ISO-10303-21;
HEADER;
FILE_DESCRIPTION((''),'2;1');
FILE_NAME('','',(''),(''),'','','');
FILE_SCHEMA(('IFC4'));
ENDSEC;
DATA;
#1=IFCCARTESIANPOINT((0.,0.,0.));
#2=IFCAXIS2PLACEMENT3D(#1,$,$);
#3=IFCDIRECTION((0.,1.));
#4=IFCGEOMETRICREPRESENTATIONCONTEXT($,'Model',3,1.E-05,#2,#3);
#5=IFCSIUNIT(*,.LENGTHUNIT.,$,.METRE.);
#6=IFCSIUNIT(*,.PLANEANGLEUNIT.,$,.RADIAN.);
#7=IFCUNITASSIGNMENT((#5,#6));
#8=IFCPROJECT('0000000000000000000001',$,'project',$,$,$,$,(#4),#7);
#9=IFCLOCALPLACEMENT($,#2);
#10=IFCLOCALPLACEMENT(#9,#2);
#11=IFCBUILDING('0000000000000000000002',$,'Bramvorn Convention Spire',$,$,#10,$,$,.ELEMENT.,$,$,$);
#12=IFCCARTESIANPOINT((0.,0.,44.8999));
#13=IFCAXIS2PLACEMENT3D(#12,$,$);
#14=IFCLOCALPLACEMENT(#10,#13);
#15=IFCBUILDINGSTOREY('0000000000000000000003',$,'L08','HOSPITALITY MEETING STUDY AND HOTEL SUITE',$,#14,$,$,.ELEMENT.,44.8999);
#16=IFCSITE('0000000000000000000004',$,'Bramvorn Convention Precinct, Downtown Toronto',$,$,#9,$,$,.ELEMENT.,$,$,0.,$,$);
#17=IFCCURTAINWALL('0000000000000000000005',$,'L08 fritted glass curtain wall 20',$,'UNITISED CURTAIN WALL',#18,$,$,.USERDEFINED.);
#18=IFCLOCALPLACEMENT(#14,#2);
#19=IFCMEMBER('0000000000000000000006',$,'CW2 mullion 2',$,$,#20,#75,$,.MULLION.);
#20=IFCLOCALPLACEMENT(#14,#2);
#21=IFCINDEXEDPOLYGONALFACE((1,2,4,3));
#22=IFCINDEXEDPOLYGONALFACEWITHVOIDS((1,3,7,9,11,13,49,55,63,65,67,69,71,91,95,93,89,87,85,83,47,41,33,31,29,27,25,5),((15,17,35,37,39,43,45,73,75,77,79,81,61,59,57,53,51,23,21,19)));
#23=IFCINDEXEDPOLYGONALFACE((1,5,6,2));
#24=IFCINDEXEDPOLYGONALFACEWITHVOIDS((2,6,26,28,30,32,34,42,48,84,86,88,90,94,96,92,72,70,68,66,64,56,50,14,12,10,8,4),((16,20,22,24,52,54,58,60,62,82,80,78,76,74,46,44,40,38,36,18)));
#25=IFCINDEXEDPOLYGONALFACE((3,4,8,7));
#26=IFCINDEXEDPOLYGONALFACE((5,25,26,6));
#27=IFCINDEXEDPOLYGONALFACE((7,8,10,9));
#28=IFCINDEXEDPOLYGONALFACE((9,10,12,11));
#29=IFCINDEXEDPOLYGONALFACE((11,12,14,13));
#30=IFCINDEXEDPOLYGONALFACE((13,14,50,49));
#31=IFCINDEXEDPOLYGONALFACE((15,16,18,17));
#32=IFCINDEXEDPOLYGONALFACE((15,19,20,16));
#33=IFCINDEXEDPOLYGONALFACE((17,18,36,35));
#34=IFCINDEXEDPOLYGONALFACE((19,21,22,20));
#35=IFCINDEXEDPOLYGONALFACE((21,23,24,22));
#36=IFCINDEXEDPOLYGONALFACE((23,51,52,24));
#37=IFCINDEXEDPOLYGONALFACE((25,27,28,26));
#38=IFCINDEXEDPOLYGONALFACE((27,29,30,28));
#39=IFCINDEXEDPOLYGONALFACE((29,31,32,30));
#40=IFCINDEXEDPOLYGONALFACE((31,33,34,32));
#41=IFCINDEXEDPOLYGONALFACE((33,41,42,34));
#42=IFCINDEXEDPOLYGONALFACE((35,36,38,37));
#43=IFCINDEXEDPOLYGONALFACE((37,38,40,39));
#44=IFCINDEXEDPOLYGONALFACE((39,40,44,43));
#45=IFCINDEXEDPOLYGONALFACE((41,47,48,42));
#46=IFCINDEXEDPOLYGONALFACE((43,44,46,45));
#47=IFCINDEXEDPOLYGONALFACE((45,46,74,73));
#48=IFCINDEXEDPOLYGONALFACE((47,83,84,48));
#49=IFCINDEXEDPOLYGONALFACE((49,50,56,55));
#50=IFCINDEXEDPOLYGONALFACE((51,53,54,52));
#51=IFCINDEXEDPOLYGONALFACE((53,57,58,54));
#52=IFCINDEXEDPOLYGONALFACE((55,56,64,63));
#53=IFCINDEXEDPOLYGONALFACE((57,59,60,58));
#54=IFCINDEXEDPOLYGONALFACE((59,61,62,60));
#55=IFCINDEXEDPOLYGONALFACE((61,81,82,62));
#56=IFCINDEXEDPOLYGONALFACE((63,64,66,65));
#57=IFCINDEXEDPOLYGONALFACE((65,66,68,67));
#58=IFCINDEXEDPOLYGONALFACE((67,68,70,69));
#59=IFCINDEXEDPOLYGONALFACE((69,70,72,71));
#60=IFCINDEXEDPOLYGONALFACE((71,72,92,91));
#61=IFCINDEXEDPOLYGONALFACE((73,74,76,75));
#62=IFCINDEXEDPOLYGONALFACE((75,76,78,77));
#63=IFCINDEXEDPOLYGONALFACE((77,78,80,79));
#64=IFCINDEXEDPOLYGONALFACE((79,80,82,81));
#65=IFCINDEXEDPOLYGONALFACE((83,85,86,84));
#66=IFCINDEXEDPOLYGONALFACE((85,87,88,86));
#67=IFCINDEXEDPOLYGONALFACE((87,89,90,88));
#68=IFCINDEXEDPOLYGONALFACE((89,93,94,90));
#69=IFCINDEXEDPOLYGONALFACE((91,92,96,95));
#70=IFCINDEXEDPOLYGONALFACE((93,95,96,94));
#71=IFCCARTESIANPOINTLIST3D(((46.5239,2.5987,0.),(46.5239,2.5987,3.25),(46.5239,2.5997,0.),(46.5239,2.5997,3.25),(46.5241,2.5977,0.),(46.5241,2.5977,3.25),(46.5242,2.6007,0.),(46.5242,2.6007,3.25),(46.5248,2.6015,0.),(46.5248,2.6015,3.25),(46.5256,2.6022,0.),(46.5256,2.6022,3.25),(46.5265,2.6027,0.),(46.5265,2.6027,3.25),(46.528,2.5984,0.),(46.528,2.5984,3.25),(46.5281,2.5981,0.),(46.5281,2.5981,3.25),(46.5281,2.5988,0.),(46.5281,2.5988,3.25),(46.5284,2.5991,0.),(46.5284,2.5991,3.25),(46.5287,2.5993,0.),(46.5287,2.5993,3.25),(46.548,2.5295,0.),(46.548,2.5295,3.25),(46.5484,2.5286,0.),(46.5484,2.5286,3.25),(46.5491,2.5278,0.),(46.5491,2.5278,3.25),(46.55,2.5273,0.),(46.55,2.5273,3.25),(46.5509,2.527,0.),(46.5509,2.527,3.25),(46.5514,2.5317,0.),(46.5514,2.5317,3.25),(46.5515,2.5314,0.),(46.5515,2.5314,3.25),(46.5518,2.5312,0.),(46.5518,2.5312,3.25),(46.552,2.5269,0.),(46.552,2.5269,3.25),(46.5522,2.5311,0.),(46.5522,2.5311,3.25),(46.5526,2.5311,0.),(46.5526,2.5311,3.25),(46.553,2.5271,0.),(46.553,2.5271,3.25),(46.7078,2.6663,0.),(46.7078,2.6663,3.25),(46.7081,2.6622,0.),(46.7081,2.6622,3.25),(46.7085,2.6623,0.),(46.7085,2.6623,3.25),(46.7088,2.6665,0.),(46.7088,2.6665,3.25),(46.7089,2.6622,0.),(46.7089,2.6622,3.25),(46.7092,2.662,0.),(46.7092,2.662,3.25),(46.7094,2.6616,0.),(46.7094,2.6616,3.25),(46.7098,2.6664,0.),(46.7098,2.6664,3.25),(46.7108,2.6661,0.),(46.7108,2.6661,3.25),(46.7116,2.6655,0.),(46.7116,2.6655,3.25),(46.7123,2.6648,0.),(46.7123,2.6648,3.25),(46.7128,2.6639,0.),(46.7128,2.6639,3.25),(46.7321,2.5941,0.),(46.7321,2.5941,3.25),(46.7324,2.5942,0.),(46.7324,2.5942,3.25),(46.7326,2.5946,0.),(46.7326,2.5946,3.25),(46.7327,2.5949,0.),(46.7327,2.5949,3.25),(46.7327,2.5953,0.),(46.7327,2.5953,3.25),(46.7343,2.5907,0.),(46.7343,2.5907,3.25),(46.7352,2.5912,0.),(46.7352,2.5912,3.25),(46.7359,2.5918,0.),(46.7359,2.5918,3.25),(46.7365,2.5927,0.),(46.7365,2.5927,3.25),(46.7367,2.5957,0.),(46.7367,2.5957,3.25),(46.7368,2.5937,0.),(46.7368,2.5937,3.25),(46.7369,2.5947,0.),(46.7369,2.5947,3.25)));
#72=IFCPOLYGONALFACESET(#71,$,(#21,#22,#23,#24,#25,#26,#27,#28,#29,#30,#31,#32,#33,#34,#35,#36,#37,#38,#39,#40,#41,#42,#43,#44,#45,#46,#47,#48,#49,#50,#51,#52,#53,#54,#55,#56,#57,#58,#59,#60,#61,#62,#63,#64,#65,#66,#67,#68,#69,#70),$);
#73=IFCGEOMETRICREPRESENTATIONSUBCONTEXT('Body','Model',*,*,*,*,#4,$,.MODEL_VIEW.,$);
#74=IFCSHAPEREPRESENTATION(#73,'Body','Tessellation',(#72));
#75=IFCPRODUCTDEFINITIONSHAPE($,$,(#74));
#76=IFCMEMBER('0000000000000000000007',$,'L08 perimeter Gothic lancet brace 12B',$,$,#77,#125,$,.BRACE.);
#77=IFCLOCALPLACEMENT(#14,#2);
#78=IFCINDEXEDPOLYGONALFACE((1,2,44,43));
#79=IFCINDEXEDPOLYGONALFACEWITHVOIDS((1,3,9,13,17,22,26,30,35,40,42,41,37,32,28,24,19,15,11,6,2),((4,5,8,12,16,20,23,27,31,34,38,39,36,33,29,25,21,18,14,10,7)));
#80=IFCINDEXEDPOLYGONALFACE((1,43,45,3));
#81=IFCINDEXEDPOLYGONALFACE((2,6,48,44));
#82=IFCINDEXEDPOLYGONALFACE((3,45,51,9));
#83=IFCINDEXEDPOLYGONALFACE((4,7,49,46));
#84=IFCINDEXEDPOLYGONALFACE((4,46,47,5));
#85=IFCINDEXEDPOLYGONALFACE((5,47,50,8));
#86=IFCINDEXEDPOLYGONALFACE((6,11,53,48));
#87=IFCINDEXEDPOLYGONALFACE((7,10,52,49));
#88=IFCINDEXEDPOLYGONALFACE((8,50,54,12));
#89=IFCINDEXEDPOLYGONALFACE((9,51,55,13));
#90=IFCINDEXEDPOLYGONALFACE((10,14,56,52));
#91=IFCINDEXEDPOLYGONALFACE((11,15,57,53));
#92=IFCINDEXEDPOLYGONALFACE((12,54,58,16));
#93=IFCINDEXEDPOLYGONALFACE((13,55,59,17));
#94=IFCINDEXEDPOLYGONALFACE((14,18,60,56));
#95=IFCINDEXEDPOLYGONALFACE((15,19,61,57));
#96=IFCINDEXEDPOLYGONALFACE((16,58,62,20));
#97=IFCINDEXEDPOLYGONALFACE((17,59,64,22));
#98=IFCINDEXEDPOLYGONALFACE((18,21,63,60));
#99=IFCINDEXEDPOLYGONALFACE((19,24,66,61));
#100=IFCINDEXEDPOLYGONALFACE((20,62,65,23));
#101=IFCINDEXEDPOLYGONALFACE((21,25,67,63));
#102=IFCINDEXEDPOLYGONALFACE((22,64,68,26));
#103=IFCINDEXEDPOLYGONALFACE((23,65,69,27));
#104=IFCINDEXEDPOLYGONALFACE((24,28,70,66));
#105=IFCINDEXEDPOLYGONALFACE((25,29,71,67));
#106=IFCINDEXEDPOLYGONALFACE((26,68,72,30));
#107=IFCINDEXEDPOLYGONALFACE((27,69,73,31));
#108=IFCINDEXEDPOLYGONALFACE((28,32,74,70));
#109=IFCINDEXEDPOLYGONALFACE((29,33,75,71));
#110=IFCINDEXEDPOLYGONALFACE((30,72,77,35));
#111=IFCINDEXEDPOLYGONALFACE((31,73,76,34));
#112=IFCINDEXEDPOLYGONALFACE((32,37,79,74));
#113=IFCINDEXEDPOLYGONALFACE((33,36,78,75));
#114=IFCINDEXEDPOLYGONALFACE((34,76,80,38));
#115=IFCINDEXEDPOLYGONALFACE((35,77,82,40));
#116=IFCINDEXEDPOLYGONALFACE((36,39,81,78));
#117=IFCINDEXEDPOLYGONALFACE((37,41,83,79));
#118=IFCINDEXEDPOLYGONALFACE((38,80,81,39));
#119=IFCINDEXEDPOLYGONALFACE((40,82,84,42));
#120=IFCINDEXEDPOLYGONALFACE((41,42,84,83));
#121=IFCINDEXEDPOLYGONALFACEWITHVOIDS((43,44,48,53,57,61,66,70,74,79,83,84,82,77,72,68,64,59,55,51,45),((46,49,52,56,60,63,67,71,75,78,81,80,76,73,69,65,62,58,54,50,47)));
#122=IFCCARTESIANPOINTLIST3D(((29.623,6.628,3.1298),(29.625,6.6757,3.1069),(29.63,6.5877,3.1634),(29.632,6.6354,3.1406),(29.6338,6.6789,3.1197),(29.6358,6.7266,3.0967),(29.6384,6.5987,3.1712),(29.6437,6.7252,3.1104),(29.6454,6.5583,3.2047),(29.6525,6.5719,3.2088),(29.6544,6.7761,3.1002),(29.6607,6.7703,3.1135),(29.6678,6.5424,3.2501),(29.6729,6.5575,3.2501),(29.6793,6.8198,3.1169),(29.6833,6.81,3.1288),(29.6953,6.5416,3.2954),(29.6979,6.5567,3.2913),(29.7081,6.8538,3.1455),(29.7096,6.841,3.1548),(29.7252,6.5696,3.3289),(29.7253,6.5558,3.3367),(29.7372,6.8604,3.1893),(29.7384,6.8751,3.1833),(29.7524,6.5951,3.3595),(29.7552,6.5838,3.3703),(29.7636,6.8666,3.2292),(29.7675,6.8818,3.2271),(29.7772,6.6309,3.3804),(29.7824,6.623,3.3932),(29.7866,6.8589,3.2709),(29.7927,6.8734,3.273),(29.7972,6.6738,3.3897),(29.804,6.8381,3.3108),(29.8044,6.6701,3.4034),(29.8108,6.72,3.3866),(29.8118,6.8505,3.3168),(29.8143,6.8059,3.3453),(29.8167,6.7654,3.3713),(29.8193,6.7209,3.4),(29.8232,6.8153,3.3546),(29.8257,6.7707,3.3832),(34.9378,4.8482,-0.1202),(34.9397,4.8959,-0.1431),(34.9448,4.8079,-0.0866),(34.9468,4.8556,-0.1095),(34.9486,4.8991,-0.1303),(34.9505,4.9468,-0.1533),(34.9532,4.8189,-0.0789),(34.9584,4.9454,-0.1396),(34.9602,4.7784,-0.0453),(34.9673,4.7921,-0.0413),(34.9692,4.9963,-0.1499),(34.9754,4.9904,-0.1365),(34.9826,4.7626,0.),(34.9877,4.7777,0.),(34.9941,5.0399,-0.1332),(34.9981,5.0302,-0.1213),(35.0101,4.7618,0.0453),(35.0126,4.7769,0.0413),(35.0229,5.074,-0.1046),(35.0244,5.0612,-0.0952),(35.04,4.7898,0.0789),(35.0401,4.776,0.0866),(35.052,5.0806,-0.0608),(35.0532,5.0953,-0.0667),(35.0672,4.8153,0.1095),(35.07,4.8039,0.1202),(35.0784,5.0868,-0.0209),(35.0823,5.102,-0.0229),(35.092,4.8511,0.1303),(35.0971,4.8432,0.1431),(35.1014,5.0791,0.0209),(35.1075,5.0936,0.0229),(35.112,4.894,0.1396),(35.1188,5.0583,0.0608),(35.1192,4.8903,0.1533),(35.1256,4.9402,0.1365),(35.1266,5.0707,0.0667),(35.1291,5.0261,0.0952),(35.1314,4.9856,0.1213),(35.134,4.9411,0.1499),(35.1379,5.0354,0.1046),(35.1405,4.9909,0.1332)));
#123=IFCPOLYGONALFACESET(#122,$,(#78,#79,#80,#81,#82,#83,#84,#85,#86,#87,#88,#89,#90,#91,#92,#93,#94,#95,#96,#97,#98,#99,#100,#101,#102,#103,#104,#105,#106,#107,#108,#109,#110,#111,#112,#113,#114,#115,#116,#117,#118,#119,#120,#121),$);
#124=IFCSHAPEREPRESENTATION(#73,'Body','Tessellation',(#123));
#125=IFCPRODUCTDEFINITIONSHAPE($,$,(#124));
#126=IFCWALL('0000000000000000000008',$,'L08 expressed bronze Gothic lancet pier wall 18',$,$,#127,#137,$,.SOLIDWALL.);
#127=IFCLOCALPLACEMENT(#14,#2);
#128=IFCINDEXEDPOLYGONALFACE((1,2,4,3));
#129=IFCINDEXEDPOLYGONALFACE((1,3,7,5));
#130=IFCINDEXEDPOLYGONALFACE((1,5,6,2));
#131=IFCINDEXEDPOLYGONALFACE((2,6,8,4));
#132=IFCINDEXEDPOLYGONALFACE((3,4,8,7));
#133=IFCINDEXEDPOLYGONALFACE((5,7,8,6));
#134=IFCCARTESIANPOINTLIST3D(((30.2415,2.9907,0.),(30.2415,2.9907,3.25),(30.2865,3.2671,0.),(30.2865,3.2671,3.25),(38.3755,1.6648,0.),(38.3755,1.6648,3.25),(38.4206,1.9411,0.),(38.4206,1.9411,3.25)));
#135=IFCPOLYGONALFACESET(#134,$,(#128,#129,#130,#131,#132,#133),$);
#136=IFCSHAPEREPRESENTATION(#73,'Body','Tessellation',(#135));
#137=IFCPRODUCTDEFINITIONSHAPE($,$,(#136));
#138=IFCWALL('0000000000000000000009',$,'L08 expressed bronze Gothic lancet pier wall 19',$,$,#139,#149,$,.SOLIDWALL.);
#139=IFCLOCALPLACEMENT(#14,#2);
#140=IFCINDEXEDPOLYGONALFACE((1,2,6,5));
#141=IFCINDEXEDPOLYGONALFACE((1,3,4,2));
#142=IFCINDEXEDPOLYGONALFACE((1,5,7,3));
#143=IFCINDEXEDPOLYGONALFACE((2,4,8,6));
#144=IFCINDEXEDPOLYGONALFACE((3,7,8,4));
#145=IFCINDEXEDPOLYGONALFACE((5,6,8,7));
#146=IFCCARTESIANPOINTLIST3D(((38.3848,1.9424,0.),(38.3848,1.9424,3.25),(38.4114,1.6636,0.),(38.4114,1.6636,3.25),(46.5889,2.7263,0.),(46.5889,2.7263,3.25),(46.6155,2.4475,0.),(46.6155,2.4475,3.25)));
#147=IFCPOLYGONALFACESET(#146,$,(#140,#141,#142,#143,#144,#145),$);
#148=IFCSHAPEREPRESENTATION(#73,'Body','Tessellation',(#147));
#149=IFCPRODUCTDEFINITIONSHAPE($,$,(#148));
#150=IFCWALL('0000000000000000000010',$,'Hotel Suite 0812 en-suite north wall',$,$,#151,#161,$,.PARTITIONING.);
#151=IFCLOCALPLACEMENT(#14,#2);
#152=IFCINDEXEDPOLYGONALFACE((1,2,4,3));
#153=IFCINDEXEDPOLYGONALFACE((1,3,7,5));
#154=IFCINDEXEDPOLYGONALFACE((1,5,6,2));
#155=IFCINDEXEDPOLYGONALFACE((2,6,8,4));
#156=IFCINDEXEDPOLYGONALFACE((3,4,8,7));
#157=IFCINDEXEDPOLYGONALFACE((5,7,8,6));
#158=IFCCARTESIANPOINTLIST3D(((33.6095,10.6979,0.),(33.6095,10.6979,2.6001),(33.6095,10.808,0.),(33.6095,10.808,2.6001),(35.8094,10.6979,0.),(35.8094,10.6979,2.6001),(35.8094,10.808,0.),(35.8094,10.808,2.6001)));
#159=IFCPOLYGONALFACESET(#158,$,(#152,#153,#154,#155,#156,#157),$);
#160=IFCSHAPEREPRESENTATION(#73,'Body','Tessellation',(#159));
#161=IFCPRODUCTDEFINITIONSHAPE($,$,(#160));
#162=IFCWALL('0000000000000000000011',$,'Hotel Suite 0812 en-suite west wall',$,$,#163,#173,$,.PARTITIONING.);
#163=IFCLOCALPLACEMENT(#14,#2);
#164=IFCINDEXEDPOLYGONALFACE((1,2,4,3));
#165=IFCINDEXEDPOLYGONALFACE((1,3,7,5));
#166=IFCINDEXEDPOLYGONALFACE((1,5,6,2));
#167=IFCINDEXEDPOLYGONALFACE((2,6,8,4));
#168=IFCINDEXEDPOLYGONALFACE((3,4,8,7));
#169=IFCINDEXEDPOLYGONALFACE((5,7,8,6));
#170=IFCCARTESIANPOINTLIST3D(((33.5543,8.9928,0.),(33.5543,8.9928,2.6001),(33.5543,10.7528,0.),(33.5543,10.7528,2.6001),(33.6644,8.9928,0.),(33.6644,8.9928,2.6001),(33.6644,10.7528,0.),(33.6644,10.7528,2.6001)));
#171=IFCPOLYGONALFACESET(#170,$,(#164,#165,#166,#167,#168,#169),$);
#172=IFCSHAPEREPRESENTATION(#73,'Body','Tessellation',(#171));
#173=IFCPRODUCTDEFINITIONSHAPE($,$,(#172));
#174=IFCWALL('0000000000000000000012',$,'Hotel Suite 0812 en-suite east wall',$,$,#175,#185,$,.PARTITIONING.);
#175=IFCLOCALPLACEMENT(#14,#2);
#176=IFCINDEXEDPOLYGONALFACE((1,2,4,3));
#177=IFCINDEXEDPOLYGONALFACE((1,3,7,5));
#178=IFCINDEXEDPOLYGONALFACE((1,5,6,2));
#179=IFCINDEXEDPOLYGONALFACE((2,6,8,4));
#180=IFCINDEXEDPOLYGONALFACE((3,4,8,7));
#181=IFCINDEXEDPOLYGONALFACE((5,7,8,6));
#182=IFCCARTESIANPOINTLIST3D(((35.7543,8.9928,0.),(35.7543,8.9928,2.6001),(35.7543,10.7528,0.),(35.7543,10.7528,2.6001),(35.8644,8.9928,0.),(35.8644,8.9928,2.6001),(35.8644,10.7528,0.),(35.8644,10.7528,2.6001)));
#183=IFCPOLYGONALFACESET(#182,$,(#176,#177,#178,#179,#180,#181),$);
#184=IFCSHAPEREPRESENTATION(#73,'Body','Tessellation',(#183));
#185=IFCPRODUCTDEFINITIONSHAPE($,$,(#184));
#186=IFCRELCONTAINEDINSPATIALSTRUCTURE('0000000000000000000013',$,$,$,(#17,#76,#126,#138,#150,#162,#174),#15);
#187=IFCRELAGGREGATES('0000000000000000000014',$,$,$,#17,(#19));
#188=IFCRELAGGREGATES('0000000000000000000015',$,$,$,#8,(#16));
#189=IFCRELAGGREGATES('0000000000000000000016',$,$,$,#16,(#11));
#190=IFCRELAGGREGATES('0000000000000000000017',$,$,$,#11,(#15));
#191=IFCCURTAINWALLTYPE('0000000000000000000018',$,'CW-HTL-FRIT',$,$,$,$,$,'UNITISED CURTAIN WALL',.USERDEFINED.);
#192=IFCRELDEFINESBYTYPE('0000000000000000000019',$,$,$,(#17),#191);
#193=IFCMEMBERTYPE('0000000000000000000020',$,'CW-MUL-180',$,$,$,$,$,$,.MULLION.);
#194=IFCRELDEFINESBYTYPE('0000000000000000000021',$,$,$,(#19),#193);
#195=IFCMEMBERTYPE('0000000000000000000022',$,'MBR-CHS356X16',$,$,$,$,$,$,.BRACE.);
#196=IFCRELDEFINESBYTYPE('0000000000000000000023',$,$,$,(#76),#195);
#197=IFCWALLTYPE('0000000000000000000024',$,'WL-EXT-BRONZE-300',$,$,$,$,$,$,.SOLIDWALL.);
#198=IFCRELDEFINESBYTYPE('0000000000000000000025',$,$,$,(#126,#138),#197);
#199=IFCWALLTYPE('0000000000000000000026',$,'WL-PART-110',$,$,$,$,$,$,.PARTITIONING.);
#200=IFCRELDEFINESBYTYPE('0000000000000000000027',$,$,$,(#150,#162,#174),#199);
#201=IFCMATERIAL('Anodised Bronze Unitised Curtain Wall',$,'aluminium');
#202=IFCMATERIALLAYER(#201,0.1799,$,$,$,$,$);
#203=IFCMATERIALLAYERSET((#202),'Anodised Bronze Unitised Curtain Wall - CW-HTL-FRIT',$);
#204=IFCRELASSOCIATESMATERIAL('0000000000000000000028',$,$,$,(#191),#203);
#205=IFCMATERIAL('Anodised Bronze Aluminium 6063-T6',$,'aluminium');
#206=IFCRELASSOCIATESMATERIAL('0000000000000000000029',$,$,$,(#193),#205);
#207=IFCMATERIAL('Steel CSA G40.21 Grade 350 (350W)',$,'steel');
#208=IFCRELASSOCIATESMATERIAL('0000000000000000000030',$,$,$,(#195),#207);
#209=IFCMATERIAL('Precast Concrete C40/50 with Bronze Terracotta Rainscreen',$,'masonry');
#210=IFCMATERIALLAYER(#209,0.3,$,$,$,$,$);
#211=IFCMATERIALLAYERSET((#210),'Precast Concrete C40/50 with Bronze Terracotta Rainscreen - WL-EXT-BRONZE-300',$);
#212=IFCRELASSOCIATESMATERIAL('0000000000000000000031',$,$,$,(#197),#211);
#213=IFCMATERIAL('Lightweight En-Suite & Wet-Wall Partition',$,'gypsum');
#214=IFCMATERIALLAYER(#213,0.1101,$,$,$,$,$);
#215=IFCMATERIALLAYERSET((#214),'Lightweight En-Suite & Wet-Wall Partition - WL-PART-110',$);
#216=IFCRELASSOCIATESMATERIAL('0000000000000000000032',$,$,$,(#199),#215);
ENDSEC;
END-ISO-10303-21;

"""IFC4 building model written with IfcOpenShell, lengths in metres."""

from ifc_helpers import new_model, si_unit, direction, frame, frame_2d, origin, origin_2d, place, context, subcontext, project, spatial, rectangle, hollow_rectangle, hollow_circle, extrude, material, layer, layer_set, material_profile, profile_set, type_object, element, aggregate, save


model = new_model("IFC4")

# Units and contexts
model_context = context("Model", 3, precision=1e-05, world=origin(), true_north=direction((0.0, 1.0)))
body_context = subcontext(model_context, "Body", "Model", "MODEL_VIEW")
ifc_project = project(units=[si_unit("LENGTHUNIT", "METRE"), si_unit("PLANEANGLEUNIT", "RADIAN")], contexts=[model_context])

# Site, building, storey
site_placement = place(None, origin())
site = spatial("IfcSite", under=ifc_project, at=site_placement, Name="Bramvorn Convention Precinct, Downtown Toronto", CompositionType="ELEMENT", RefElevation=0.0)
building_placement = place(site_placement, origin())
building = spatial("IfcBuilding", under=site, at=building_placement, Name="Bramvorn Convention Spire", CompositionType="ELEMENT")
storey_placement = place(building_placement, frame((0.0, 0.0, 44.8999)))
storey = spatial("IfcBuildingStorey", under=building, at=storey_placement, Name="L08", Description="HOSPITALITY MEETING STUDY AND HOTEL SUITE", CompositionType="ELEMENT", Elevation=44.8999)

# Shared definitions
ifc_material_1 = material(Name="Steel CSA G40.21 Grade 350 (350W)", Category="steel")

# Curtain wall, member
ifc_material_2 = material(Name="Anodised Bronze Unitised Curtain Wall", Category="aluminium")
ifc_layer_1 = layer(ifc_material_2, 0.1799)
ifc_layer_set_1 = layer_set([ifc_layer_1], Name="Anodised Bronze Unitised Curtain Wall - CW-HTL-FRIT")
curtain_wall_type = type_object("IfcCurtainWallType", Name="CW-HTL-FRIT", ElementType="UNITISED CURTAIN WALL", PredefinedType="USERDEFINED", material=ifc_layer_set_1)
curtain_wall_placement = place(storey_placement, origin())
curtain_wall = element("IfcCurtainWall", 1, at=curtain_wall_placement, inside=storey, type_object=curtain_wall_type, Name="L08 fritted glass curtain wall 20", ObjectType="UNITISED CURTAIN WALL", PredefinedType="USERDEFINED")
ifc_material_3 = material(Name="Anodised Bronze Aluminium 6063-T6", Category="aluminium")
ifc_material_profile_1 = material_profile(ifc_material_3, hollow_rectangle(XDim=0.0801, YDim=0.2, WallThickness=0.0039, InnerFilletRadius=0.001, OuterFilletRadius=0.0039, at=origin_2d()))
ifc_profile_set_1 = profile_set([ifc_material_profile_1], Name="Anodised Bronze Aluminium 6063-T6 - CWM80X200")
member_type_1 = type_object("IfcMemberType", Name="CW-MUL-180", PredefinedType="MULLION", material=ifc_profile_set_1)
member_1_placement = place(storey_placement, frame((46.6304, 2.5967, 0.0), z_axis=(0.0, 0.0, 1.0), x_axis=(0.330946, -0.94365, 0.0)))
member_1 = element("IfcMember", 2, at=member_1_placement, type_object=member_type_1, Name="CW2 mullion 2", PredefinedType="MULLION", context=body_context, shape_type="SweptSolid", body=[
    extrude(hollow_rectangle(XDim=0.0801, YDim=0.2, WallThickness=0.0039, InnerFilletRadius=0.001, OuterFilletRadius=0.0039, at=origin_2d()), origin(), (0.0, 0.0, 1.0), 3.25),
])
aggregate(curtain_wall, [member_1])

# Member
ifc_material_profile_2 = material_profile(ifc_material_1, hollow_circle(Radius=0.1777, WallThickness=0.0159, at=origin_2d()))
ifc_profile_set_2 = profile_set([ifc_material_profile_2], Name="Steel CSA G40.21 Grade 350 (350W) - CHS356X16")
member_type_2 = type_object("IfcMemberType", Name="MBR-CHS356X16", PredefinedType="BRACE", material=ifc_profile_set_2)
member_2_placement = place(storey_placement, frame((35.0391, 4.9312, 0.0), z_axis=(-0.820309, 0.274705, 0.501628), x_axis=(-0.317547, -0.948242, 0.0)))
element("IfcMember", 3, at=member_2_placement, inside=storey, type_object=member_type_2, Name="L08 perimeter Gothic lancet brace 12B", PredefinedType="BRACE", context=body_context, shape_type="SweptSolid", body=[
    extrude(hollow_circle(Radius=0.1777, WallThickness=0.0159, at=origin_2d()), origin(), (0.0, 0.0, 1.0), 6.479),
])

# Walls
ifc_material_4 = material(Name="Precast Concrete C40/50 with Bronze Terracotta Rainscreen", Category="masonry")
ifc_layer_2 = layer(ifc_material_4, 0.3)
ifc_layer_set_2 = layer_set([ifc_layer_2], Name="Precast Concrete C40/50 with Bronze Terracotta Rainscreen - WL-EXT-BRONZE-300")
wall_type_1 = type_object("IfcWallType", Name="WL-EXT-BRONZE-300", PredefinedType="SOLIDWALL", material=ifc_layer_set_2)
for number, where, z_axis, x_axis, name in (
    (4, (38.3979, 1.803, 0.0), (0.0, 0.0, 1.0), (-0.986973, 0.160886, 0.0), "L08 expressed bronze Gothic lancet pier wall 18"),
    (5, (46.6021, 2.5869, 0.0), (0.0, 0.0, 1.0), (-0.995466, -0.095121, 0.0), "L08 expressed bronze Gothic lancet pier wall 19"),
):
    element("IfcWall", number, at=place(storey_placement, frame(where, z_axis=z_axis, x_axis=x_axis)), inside=storey, type_object=wall_type_1, Name=name, PredefinedType="SOLIDWALL", context=body_context, shape_type="SweptSolid", body=[
        extrude(rectangle(XDim=8.2415, YDim=0.28, at=frame_2d((4.1206, 0.0))), origin(), (0.0, 0.0, 1.0), 3.25),
    ])
ifc_material_5 = material(Name="Lightweight En-Suite & Wet-Wall Partition", Category="gypsum")
ifc_layer_3 = layer(ifc_material_5, 0.1101)
ifc_layer_set_3 = layer_set([ifc_layer_3], Name="Lightweight En-Suite & Wet-Wall Partition - WL-PART-110")
wall_type_2 = type_object("IfcWallType", Name="WL-PART-110", PredefinedType="PARTITIONING", material=ifc_layer_set_3)
wall_1_placement = place(storey_placement, frame((33.6094, 10.7529, 0.0), z_axis=(0.0, 0.0, 1.0), x_axis=(1.0, 0.0, 0.0)))
element("IfcWall", 6, at=wall_1_placement, inside=storey, type_object=wall_type_2, Name="Hotel Suite 0812 en-suite north wall", PredefinedType="PARTITIONING", context=body_context, shape_type="SweptSolid", body=[
    extrude(rectangle(XDim=2.2, YDim=0.1101, at=frame_2d((1.1001, 0.0))), origin(), (0.0, 0.0, 1.0), 2.6001),
])
for number, where, z_axis, x_axis, name in (
    (7, (33.6094, 8.9929, 0.0), (0.0, 0.0, 1.0), (0.0, 1.0, 0.0), "Hotel Suite 0812 en-suite west wall"),
    (8, (35.8093, 8.9929, 0.0), (0.0, 0.0, 1.0), (0.0, 1.0, 0.0), "Hotel Suite 0812 en-suite east wall"),
):
    element("IfcWall", number, at=place(storey_placement, frame(where, z_axis=z_axis, x_axis=x_axis)), inside=storey, type_object=wall_type_2, Name=name, PredefinedType="PARTITIONING", context=body_context, shape_type="SweptSolid", body=[
        extrude(rectangle(XDim=1.76, YDim=0.1101, at=frame_2d((0.8799, 0.0))), origin(), (0.0, 0.0, 1.0), 2.6001),
    ])

save(model, "model.ifc")
